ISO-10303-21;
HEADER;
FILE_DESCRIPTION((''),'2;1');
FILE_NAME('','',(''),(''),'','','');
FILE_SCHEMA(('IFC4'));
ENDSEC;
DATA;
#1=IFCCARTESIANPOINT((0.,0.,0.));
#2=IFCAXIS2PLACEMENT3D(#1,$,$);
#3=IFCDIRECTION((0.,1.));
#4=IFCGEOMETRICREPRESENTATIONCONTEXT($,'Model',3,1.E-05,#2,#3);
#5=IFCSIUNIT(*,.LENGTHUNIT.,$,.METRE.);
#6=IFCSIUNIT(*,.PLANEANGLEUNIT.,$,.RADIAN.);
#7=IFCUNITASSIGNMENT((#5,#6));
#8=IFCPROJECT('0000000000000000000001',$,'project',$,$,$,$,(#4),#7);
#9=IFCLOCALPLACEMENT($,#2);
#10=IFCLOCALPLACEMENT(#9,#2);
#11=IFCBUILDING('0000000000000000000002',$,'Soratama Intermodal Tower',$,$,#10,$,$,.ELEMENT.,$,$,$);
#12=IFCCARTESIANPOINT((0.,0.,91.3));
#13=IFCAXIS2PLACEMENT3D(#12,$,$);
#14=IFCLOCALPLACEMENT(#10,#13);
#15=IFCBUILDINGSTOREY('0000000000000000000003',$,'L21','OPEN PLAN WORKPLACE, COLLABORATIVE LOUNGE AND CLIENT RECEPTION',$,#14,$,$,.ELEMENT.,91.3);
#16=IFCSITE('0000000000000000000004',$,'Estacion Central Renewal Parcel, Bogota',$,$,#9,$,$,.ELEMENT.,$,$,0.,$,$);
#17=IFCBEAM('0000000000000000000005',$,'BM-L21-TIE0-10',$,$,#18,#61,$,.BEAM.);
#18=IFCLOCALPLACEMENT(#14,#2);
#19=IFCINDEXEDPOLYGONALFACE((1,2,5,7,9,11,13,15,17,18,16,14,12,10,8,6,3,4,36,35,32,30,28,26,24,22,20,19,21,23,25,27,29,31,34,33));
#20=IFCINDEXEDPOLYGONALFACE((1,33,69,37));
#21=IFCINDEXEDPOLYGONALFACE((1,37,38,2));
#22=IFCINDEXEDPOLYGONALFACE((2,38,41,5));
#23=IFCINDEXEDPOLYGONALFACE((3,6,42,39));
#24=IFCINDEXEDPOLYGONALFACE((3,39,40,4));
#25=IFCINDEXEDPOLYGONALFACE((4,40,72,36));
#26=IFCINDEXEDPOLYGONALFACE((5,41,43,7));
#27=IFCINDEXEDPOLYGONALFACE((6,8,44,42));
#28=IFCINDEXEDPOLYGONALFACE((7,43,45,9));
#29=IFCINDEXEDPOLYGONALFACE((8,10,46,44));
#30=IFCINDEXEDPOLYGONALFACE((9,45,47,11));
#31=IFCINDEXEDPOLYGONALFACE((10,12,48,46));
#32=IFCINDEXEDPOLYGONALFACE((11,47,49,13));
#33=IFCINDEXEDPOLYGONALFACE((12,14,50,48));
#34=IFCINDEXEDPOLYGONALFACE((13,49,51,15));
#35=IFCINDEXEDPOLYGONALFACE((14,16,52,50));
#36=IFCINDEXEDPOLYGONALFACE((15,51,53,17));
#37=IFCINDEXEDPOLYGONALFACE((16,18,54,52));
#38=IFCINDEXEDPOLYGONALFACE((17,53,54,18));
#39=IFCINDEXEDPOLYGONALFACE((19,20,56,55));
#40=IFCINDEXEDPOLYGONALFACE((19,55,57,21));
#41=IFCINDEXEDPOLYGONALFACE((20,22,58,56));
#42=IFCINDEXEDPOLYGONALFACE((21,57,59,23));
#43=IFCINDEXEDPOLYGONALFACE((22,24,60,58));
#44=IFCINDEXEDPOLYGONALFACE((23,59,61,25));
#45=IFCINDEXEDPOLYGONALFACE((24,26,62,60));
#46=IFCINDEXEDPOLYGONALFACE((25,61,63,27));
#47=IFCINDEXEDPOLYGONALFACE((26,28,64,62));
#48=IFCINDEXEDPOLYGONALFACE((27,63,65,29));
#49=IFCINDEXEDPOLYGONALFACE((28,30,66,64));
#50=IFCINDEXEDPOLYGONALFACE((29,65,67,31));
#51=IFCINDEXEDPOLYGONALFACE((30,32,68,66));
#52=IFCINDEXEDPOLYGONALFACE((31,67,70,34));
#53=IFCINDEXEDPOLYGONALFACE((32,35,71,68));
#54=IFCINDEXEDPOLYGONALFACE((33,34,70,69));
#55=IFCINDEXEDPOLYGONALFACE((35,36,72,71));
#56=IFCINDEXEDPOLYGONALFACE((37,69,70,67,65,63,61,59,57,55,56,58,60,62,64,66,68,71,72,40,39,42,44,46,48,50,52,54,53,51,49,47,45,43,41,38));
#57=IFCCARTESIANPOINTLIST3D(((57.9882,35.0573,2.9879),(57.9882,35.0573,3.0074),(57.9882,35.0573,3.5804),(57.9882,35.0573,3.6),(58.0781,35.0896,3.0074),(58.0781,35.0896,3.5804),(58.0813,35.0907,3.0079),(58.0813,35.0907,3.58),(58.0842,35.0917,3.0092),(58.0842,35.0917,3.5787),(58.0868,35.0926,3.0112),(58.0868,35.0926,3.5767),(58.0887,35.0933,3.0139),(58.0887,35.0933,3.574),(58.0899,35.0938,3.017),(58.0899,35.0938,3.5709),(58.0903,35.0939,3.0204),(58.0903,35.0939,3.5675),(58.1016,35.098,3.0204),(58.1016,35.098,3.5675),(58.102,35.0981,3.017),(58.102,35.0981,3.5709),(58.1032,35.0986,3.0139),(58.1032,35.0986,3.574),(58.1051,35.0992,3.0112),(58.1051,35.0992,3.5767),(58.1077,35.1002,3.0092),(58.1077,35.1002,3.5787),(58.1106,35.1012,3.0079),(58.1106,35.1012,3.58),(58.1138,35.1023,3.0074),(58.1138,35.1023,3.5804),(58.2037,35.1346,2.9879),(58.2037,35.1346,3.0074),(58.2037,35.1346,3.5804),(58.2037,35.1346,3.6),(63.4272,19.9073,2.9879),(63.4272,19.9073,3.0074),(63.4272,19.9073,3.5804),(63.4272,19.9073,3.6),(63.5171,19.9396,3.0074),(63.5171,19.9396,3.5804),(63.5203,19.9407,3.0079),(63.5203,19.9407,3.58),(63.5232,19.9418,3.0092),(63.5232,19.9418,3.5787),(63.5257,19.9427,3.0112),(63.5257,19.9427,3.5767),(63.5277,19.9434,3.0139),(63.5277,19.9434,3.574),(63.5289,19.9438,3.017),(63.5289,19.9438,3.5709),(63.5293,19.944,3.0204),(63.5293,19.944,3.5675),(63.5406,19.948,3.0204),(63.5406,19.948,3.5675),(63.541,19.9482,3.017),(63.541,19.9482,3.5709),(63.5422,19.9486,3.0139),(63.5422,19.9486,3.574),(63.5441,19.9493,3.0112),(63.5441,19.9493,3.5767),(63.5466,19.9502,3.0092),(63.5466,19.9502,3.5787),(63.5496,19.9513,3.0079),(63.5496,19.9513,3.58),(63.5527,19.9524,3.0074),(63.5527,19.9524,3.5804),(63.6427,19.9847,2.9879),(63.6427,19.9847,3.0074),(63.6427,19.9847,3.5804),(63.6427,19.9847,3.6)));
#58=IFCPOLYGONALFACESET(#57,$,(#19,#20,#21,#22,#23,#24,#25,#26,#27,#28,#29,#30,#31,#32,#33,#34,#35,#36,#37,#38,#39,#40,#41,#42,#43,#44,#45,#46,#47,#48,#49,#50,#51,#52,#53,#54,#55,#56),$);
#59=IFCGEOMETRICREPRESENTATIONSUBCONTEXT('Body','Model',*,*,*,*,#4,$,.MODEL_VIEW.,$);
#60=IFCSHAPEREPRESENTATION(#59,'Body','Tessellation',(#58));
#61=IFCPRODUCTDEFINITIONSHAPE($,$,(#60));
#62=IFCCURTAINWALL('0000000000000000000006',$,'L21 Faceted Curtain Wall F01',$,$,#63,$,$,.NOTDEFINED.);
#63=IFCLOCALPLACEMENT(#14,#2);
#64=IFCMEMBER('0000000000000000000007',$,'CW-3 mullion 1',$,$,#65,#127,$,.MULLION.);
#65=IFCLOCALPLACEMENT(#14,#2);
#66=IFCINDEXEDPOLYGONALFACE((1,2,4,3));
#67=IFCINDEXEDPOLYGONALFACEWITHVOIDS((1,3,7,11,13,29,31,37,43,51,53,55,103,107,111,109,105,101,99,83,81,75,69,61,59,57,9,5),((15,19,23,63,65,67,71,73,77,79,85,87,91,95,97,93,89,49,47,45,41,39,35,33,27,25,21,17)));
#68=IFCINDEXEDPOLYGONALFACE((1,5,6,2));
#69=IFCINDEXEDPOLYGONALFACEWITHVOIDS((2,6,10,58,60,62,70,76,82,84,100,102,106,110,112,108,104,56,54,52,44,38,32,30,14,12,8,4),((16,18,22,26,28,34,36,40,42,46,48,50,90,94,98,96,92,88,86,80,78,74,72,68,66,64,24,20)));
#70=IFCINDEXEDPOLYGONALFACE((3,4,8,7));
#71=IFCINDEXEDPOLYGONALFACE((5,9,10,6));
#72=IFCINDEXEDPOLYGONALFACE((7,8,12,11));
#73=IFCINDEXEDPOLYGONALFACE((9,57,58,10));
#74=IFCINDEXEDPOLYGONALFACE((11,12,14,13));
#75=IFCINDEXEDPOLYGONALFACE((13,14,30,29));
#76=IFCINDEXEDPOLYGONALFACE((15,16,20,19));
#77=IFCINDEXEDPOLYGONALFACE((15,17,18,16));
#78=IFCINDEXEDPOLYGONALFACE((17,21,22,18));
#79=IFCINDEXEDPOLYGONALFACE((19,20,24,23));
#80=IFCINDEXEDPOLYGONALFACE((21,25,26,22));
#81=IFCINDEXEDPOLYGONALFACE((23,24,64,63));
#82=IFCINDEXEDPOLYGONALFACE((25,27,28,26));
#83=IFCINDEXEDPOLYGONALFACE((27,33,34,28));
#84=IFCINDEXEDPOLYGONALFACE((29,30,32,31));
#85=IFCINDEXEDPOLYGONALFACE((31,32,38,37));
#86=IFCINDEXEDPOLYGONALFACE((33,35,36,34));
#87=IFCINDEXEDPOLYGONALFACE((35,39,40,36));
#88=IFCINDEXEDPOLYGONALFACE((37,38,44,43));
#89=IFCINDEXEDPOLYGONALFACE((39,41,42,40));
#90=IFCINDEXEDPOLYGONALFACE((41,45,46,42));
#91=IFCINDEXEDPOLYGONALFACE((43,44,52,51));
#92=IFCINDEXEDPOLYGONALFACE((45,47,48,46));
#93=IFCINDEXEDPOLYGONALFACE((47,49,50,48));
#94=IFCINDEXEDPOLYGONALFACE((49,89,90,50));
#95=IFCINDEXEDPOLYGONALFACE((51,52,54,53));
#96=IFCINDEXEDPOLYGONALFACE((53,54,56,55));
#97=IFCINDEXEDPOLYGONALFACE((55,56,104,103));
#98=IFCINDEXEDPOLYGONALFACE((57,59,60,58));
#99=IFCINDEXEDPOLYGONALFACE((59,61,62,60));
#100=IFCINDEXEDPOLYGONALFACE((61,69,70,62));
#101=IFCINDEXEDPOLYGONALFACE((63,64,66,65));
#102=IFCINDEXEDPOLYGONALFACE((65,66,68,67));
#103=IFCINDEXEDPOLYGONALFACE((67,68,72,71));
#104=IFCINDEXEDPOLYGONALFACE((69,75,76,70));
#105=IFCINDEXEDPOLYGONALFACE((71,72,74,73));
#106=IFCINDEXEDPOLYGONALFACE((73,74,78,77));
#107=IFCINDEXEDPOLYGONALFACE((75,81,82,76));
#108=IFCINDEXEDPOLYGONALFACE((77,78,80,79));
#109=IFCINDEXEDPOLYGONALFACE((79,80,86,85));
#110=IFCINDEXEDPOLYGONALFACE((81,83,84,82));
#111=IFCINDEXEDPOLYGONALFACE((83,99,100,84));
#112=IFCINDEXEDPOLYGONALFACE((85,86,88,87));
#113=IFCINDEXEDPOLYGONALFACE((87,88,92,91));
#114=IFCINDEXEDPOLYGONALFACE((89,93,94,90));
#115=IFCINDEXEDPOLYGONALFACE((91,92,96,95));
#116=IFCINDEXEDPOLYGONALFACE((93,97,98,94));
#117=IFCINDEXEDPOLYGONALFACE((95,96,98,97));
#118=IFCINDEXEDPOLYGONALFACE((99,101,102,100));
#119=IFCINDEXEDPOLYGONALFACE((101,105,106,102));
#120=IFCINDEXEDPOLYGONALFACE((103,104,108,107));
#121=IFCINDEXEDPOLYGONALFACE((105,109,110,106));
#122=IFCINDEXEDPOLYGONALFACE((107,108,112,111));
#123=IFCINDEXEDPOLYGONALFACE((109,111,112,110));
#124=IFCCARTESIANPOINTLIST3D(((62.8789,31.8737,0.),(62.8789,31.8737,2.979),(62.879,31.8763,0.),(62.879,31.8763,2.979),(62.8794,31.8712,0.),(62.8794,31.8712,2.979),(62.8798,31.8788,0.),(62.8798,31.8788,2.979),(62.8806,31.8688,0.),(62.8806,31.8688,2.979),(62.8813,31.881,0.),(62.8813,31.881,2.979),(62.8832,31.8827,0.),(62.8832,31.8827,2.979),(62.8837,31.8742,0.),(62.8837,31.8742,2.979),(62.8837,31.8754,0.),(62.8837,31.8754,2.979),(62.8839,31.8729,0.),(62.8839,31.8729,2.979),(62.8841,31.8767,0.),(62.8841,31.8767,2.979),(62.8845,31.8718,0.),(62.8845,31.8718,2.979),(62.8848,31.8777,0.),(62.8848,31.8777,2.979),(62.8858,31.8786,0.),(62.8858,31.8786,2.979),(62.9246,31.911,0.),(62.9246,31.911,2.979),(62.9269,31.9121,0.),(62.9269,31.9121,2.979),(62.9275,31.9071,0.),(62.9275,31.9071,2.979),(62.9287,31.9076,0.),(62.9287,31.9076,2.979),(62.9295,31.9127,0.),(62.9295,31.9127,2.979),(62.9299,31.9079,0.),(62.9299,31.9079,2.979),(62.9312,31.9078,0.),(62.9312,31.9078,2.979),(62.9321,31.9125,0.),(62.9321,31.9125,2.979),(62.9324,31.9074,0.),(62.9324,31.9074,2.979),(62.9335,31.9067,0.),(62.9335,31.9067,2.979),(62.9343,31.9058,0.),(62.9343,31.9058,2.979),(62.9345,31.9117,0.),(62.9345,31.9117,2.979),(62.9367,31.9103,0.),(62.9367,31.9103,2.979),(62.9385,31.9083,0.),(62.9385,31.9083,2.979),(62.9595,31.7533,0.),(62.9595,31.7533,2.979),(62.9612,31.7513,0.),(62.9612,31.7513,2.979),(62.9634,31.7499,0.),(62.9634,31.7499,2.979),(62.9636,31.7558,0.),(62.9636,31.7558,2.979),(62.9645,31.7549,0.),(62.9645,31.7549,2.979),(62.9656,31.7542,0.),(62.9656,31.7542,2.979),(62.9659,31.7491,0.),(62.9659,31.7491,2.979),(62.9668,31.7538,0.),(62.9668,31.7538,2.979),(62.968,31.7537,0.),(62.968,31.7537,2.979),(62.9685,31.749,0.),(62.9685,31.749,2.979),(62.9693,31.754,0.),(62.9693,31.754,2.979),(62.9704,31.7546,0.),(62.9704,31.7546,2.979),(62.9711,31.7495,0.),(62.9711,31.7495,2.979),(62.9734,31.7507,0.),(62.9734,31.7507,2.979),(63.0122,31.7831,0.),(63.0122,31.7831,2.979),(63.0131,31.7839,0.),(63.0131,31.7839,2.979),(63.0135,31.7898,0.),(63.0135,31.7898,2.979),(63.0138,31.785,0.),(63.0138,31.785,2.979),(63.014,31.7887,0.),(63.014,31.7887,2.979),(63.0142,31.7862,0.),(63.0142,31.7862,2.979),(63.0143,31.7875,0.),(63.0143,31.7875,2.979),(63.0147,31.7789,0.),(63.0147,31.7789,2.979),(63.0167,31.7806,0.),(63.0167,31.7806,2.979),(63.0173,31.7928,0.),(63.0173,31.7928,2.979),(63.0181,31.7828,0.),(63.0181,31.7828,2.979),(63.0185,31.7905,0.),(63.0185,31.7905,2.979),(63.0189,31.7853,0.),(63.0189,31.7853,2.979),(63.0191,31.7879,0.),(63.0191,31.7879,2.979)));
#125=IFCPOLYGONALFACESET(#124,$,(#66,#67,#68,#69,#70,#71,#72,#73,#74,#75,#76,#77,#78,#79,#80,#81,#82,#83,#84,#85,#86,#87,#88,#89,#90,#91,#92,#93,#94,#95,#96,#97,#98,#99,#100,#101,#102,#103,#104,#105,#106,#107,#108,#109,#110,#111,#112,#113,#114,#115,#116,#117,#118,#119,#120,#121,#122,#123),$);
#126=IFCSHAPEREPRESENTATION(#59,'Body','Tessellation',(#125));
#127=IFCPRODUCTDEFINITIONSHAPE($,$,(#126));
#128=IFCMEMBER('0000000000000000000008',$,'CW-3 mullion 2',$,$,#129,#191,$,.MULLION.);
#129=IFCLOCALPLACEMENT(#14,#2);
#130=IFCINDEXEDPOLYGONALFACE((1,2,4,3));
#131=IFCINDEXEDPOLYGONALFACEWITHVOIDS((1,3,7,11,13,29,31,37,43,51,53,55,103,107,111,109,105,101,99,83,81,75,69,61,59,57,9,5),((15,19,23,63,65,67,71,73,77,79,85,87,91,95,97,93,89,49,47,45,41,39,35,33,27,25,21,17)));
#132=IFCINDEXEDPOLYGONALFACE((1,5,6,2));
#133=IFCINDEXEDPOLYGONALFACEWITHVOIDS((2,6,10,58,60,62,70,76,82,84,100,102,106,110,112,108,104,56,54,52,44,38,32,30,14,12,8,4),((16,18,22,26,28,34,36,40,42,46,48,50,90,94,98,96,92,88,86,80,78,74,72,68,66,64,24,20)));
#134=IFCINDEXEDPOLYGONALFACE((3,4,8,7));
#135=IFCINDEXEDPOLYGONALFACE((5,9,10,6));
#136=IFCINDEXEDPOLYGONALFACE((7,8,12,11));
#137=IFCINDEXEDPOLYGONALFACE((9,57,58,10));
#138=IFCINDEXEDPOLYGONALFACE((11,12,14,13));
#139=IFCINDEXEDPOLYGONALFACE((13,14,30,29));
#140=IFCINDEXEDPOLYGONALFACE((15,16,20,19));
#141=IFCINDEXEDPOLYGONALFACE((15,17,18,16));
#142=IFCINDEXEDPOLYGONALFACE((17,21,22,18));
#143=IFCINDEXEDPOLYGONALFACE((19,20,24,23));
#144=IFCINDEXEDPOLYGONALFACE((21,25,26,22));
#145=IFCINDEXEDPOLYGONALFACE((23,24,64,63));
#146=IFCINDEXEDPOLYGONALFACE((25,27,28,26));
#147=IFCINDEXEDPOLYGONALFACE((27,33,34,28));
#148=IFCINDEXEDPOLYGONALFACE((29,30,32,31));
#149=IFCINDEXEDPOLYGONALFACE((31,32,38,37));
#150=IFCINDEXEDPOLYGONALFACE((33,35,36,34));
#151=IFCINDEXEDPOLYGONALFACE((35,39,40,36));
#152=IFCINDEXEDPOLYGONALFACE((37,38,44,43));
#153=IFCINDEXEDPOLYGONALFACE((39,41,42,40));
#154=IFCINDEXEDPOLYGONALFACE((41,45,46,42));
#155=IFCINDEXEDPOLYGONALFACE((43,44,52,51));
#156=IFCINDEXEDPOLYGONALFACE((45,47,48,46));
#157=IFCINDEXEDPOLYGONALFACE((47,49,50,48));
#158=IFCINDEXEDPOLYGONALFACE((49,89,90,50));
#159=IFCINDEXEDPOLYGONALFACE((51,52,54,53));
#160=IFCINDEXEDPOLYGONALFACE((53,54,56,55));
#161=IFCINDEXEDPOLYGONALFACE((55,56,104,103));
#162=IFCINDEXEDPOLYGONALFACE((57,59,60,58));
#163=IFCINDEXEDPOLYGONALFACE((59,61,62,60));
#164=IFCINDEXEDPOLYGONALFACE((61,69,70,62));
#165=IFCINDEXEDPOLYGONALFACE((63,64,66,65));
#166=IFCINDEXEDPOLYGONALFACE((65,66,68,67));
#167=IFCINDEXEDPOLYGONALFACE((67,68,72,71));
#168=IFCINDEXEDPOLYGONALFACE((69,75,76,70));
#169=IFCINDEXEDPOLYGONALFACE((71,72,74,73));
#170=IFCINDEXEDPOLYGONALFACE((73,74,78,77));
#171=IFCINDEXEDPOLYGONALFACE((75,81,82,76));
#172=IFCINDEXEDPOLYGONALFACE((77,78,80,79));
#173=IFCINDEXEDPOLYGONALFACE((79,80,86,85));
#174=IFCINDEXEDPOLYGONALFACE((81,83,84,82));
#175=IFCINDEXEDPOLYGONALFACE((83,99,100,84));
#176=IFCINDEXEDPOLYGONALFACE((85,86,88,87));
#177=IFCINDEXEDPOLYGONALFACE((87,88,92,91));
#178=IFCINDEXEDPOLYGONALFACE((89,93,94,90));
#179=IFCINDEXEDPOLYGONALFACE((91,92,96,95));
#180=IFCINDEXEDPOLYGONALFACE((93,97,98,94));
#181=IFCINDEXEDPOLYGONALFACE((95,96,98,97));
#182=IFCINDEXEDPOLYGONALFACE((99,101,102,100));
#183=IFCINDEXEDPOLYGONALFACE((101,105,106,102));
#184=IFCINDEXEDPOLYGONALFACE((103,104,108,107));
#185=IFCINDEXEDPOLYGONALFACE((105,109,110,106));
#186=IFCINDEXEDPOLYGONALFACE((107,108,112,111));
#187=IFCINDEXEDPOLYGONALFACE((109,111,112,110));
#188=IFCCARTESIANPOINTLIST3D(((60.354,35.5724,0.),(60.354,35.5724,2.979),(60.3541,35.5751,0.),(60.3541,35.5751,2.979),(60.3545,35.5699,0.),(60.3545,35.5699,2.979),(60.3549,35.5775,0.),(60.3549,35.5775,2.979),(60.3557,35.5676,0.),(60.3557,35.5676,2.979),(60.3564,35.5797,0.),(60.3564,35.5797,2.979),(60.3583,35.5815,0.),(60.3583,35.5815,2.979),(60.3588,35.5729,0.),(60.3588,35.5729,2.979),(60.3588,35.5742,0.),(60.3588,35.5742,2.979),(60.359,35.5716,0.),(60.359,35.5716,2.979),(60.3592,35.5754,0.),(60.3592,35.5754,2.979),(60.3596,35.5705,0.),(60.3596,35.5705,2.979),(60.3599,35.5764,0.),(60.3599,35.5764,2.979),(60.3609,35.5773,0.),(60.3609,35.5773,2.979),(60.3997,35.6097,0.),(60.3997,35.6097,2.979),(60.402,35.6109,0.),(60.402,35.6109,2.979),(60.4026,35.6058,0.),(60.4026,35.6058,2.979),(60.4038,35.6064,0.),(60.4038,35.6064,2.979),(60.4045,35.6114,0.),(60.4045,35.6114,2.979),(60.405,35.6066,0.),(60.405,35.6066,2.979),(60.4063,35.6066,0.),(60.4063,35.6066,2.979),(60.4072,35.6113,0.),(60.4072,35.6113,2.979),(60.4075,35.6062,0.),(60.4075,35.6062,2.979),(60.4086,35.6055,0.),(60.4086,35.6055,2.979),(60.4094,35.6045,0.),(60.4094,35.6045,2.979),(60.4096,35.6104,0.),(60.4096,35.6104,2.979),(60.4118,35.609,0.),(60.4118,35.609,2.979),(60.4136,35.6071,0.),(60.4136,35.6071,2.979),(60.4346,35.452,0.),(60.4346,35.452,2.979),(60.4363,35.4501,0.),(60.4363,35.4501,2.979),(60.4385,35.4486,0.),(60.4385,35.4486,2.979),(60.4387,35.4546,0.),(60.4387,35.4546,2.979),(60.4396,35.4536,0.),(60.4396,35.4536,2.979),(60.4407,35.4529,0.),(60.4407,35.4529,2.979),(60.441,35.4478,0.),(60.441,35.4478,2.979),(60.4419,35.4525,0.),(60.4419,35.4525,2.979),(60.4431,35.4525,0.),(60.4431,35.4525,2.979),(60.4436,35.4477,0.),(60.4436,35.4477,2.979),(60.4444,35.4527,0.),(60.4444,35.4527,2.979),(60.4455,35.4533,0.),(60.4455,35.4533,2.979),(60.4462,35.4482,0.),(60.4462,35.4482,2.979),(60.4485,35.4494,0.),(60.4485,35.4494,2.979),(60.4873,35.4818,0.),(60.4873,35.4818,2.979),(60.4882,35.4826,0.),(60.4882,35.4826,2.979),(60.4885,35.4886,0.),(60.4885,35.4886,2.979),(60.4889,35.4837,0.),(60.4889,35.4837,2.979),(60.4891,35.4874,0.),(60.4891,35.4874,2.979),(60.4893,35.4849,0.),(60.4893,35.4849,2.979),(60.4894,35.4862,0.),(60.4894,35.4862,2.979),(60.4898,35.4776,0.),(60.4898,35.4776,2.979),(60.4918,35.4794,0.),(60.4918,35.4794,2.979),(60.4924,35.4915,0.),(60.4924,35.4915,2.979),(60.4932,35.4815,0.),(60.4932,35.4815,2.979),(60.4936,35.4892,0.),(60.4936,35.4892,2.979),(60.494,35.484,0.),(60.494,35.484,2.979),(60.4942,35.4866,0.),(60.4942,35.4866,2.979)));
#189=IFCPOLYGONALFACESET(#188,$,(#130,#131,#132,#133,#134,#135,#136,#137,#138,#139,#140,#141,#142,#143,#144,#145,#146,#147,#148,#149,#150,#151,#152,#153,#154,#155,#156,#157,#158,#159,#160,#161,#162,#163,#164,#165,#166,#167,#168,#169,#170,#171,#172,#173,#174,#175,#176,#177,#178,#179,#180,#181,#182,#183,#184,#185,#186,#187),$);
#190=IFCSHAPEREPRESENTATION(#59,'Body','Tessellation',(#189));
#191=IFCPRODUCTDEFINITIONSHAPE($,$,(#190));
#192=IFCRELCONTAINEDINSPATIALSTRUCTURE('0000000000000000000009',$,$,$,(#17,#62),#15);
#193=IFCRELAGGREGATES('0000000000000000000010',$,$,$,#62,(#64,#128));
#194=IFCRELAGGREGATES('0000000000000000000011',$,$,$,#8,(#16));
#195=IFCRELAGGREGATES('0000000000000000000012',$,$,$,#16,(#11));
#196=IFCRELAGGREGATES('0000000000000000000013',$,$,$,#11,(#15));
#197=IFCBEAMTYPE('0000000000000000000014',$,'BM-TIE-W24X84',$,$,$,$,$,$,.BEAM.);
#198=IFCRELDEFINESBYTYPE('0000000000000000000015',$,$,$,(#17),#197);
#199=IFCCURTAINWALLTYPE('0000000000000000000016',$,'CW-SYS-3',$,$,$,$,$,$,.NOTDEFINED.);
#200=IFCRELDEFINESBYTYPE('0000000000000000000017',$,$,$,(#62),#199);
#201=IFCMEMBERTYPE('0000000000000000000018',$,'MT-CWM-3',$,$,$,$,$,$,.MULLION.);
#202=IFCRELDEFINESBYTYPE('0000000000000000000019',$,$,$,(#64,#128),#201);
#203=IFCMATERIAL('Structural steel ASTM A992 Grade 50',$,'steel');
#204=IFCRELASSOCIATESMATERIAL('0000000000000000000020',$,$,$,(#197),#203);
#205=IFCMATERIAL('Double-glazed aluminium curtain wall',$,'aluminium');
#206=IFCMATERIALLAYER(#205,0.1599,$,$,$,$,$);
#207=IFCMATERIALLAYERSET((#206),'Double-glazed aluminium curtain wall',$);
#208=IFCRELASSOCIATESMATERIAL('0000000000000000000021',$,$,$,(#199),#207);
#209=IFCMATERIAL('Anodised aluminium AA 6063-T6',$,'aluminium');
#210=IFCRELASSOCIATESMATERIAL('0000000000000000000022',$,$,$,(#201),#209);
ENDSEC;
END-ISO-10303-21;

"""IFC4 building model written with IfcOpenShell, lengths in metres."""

from ifc_helpers import new_model, si_unit, direction, frame, origin, origin_2d, place, context, subcontext, project, spatial, hollow_rectangle, i_section, extrude, material, layer, layer_set, material_profile, profile_set, type_object, element, aggregate, save


model = new_model("IFC4")

# Units and contexts
model_context = context("Model", 3, precision=1e-05, world=origin(), true_north=direction((0.0, 1.0)))
body_context = subcontext(model_context, "Body", "Model", "MODEL_VIEW")
ifc_project = project(units=[si_unit("LENGTHUNIT", "METRE"), si_unit("PLANEANGLEUNIT", "RADIAN")], contexts=[model_context])

# Site, building, storey
site_placement = place(None, origin())
site = spatial("IfcSite", under=ifc_project, at=site_placement, Name="Estacion Central Renewal Parcel, Bogota", CompositionType="ELEMENT", RefElevation=0.0)
building_placement = place(site_placement, origin())
building = spatial("IfcBuilding", under=site, at=building_placement, Name="Soratama Intermodal Tower", CompositionType="ELEMENT")
storey_placement = place(building_placement, frame((0.0, 0.0, 91.3)))
storey = spatial("IfcBuildingStorey", under=building, at=storey_placement, Name="L21", Description="OPEN PLAN WORKPLACE, COLLABORATIVE LOUNGE AND CLIENT RECEPTION", CompositionType="ELEMENT", Elevation=91.3)

# Beam
ifc_material_1 = material(Name="Structural steel ASTM A992 Grade 50", Category="steel")
ifc_material_profile_1 = material_profile(ifc_material_1, i_section(OverallWidth=0.229, OverallDepth=0.6121, WebThickness=0.012, FlangeThickness=0.0195, FilletRadius=0.0129, at=origin_2d()), Name="W24X84")
ifc_profile_set_1 = profile_set([ifc_material_profile_1], Name="Structural steel ASTM A992 Grade 50")
beam_type_1 = type_object("IfcBeamType", Name="BM-TIE-W24X84", PredefinedType="BEAM", material=ifc_profile_set_1)
beam_1_placement = place(storey_placement, frame((58.0959, 35.0959, 3.2939), z_axis=(0.337894, -0.941184, 0.0), x_axis=(0.941184, 0.337894, 0.0)))
element("IfcBeam", 1, at=beam_1_placement, inside=storey, type_object=beam_type_1, Name="BM-L21-TIE0-10", PredefinedType="BEAM", context=body_context, shape_type="SweptSolid", body=[
    extrude(i_section(OverallWidth=0.229, OverallDepth=0.6121, WebThickness=0.012, FlangeThickness=0.0195, FilletRadius=0.0129, at=origin_2d()), origin(), (0.0, 0.0, 1.0), 16.0967),
])

# Curtain wall, members
ifc_material_2 = material(Name="Double-glazed aluminium curtain wall", Category="aluminium")
ifc_layer_1 = layer(ifc_material_2, 0.1599)
ifc_layer_set_1 = layer_set([ifc_layer_1], Name="Double-glazed aluminium curtain wall")
curtain_wall_type = type_object("IfcCurtainWallType", Name="CW-SYS-3", PredefinedType="NOTDEFINED", material=ifc_layer_set_1)
curtain_wall_placement = place(storey_placement, origin())
curtain_wall = element("IfcCurtainWall", 2, at=curtain_wall_placement, inside=storey, type_object=curtain_wall_type, Name="L21 Faceted Curtain Wall F01", PredefinedType="NOTDEFINED")
ifc_material_3 = material(Name="Anodised aluminium AA 6063-T6", Category="aluminium")
ifc_material_profile_2 = material_profile(ifc_material_3, hollow_rectangle(XDim=0.0701, YDim=0.1599, WallThickness=0.0049, InnerFilletRadius=0.0049, OuterFilletRadius=0.01, at=origin_2d()), Name="CWM160X70X5")
ifc_profile_set_2 = profile_set([ifc_material_profile_2], Name="Anodised aluminium AA 6063-T6")
member_type_1 = type_object("IfcMemberType", Name="MT-CWM-3", PredefinedType="MULLION", material=ifc_profile_set_2)
member_1_placement = place(storey_placement, frame((62.949, 31.8308, 0.0), z_axis=(0.0, 0.0, 1.0), x_axis=(-0.825902, -0.563814, 0.0)))
member_1 = element("IfcMember", 3, at=member_1_placement, type_object=member_type_1, Name="CW-3 mullion 1", PredefinedType="MULLION", context=body_context, shape_type="SweptSolid", body=[
    extrude(hollow_rectangle(XDim=0.0701, YDim=0.1599, WallThickness=0.0049, InnerFilletRadius=0.0049, OuterFilletRadius=0.01, at=origin_2d()), origin(), (0.0, 0.0, 1.0), 2.979),
])
member_2_placement = place(storey_placement, frame((60.4241, 35.5295, 0.0), z_axis=(0.0, 0.0, 1.0), x_axis=(-0.825902, -0.563814, 0.0)))
member_2 = element("IfcMember", 4, at=member_2_placement, type_object=member_type_1, Name="CW-3 mullion 2", PredefinedType="MULLION", context=body_context, shape_type="SweptSolid", body=[
    extrude(hollow_rectangle(XDim=0.0701, YDim=0.1599, WallThickness=0.0049, InnerFilletRadius=0.0049, OuterFilletRadius=0.01, at=origin_2d()), origin(), (0.0, 0.0, 1.0), 2.979),
])
aggregate(curtain_wall, [member_1, member_2])

save(model, "model.ifc")
